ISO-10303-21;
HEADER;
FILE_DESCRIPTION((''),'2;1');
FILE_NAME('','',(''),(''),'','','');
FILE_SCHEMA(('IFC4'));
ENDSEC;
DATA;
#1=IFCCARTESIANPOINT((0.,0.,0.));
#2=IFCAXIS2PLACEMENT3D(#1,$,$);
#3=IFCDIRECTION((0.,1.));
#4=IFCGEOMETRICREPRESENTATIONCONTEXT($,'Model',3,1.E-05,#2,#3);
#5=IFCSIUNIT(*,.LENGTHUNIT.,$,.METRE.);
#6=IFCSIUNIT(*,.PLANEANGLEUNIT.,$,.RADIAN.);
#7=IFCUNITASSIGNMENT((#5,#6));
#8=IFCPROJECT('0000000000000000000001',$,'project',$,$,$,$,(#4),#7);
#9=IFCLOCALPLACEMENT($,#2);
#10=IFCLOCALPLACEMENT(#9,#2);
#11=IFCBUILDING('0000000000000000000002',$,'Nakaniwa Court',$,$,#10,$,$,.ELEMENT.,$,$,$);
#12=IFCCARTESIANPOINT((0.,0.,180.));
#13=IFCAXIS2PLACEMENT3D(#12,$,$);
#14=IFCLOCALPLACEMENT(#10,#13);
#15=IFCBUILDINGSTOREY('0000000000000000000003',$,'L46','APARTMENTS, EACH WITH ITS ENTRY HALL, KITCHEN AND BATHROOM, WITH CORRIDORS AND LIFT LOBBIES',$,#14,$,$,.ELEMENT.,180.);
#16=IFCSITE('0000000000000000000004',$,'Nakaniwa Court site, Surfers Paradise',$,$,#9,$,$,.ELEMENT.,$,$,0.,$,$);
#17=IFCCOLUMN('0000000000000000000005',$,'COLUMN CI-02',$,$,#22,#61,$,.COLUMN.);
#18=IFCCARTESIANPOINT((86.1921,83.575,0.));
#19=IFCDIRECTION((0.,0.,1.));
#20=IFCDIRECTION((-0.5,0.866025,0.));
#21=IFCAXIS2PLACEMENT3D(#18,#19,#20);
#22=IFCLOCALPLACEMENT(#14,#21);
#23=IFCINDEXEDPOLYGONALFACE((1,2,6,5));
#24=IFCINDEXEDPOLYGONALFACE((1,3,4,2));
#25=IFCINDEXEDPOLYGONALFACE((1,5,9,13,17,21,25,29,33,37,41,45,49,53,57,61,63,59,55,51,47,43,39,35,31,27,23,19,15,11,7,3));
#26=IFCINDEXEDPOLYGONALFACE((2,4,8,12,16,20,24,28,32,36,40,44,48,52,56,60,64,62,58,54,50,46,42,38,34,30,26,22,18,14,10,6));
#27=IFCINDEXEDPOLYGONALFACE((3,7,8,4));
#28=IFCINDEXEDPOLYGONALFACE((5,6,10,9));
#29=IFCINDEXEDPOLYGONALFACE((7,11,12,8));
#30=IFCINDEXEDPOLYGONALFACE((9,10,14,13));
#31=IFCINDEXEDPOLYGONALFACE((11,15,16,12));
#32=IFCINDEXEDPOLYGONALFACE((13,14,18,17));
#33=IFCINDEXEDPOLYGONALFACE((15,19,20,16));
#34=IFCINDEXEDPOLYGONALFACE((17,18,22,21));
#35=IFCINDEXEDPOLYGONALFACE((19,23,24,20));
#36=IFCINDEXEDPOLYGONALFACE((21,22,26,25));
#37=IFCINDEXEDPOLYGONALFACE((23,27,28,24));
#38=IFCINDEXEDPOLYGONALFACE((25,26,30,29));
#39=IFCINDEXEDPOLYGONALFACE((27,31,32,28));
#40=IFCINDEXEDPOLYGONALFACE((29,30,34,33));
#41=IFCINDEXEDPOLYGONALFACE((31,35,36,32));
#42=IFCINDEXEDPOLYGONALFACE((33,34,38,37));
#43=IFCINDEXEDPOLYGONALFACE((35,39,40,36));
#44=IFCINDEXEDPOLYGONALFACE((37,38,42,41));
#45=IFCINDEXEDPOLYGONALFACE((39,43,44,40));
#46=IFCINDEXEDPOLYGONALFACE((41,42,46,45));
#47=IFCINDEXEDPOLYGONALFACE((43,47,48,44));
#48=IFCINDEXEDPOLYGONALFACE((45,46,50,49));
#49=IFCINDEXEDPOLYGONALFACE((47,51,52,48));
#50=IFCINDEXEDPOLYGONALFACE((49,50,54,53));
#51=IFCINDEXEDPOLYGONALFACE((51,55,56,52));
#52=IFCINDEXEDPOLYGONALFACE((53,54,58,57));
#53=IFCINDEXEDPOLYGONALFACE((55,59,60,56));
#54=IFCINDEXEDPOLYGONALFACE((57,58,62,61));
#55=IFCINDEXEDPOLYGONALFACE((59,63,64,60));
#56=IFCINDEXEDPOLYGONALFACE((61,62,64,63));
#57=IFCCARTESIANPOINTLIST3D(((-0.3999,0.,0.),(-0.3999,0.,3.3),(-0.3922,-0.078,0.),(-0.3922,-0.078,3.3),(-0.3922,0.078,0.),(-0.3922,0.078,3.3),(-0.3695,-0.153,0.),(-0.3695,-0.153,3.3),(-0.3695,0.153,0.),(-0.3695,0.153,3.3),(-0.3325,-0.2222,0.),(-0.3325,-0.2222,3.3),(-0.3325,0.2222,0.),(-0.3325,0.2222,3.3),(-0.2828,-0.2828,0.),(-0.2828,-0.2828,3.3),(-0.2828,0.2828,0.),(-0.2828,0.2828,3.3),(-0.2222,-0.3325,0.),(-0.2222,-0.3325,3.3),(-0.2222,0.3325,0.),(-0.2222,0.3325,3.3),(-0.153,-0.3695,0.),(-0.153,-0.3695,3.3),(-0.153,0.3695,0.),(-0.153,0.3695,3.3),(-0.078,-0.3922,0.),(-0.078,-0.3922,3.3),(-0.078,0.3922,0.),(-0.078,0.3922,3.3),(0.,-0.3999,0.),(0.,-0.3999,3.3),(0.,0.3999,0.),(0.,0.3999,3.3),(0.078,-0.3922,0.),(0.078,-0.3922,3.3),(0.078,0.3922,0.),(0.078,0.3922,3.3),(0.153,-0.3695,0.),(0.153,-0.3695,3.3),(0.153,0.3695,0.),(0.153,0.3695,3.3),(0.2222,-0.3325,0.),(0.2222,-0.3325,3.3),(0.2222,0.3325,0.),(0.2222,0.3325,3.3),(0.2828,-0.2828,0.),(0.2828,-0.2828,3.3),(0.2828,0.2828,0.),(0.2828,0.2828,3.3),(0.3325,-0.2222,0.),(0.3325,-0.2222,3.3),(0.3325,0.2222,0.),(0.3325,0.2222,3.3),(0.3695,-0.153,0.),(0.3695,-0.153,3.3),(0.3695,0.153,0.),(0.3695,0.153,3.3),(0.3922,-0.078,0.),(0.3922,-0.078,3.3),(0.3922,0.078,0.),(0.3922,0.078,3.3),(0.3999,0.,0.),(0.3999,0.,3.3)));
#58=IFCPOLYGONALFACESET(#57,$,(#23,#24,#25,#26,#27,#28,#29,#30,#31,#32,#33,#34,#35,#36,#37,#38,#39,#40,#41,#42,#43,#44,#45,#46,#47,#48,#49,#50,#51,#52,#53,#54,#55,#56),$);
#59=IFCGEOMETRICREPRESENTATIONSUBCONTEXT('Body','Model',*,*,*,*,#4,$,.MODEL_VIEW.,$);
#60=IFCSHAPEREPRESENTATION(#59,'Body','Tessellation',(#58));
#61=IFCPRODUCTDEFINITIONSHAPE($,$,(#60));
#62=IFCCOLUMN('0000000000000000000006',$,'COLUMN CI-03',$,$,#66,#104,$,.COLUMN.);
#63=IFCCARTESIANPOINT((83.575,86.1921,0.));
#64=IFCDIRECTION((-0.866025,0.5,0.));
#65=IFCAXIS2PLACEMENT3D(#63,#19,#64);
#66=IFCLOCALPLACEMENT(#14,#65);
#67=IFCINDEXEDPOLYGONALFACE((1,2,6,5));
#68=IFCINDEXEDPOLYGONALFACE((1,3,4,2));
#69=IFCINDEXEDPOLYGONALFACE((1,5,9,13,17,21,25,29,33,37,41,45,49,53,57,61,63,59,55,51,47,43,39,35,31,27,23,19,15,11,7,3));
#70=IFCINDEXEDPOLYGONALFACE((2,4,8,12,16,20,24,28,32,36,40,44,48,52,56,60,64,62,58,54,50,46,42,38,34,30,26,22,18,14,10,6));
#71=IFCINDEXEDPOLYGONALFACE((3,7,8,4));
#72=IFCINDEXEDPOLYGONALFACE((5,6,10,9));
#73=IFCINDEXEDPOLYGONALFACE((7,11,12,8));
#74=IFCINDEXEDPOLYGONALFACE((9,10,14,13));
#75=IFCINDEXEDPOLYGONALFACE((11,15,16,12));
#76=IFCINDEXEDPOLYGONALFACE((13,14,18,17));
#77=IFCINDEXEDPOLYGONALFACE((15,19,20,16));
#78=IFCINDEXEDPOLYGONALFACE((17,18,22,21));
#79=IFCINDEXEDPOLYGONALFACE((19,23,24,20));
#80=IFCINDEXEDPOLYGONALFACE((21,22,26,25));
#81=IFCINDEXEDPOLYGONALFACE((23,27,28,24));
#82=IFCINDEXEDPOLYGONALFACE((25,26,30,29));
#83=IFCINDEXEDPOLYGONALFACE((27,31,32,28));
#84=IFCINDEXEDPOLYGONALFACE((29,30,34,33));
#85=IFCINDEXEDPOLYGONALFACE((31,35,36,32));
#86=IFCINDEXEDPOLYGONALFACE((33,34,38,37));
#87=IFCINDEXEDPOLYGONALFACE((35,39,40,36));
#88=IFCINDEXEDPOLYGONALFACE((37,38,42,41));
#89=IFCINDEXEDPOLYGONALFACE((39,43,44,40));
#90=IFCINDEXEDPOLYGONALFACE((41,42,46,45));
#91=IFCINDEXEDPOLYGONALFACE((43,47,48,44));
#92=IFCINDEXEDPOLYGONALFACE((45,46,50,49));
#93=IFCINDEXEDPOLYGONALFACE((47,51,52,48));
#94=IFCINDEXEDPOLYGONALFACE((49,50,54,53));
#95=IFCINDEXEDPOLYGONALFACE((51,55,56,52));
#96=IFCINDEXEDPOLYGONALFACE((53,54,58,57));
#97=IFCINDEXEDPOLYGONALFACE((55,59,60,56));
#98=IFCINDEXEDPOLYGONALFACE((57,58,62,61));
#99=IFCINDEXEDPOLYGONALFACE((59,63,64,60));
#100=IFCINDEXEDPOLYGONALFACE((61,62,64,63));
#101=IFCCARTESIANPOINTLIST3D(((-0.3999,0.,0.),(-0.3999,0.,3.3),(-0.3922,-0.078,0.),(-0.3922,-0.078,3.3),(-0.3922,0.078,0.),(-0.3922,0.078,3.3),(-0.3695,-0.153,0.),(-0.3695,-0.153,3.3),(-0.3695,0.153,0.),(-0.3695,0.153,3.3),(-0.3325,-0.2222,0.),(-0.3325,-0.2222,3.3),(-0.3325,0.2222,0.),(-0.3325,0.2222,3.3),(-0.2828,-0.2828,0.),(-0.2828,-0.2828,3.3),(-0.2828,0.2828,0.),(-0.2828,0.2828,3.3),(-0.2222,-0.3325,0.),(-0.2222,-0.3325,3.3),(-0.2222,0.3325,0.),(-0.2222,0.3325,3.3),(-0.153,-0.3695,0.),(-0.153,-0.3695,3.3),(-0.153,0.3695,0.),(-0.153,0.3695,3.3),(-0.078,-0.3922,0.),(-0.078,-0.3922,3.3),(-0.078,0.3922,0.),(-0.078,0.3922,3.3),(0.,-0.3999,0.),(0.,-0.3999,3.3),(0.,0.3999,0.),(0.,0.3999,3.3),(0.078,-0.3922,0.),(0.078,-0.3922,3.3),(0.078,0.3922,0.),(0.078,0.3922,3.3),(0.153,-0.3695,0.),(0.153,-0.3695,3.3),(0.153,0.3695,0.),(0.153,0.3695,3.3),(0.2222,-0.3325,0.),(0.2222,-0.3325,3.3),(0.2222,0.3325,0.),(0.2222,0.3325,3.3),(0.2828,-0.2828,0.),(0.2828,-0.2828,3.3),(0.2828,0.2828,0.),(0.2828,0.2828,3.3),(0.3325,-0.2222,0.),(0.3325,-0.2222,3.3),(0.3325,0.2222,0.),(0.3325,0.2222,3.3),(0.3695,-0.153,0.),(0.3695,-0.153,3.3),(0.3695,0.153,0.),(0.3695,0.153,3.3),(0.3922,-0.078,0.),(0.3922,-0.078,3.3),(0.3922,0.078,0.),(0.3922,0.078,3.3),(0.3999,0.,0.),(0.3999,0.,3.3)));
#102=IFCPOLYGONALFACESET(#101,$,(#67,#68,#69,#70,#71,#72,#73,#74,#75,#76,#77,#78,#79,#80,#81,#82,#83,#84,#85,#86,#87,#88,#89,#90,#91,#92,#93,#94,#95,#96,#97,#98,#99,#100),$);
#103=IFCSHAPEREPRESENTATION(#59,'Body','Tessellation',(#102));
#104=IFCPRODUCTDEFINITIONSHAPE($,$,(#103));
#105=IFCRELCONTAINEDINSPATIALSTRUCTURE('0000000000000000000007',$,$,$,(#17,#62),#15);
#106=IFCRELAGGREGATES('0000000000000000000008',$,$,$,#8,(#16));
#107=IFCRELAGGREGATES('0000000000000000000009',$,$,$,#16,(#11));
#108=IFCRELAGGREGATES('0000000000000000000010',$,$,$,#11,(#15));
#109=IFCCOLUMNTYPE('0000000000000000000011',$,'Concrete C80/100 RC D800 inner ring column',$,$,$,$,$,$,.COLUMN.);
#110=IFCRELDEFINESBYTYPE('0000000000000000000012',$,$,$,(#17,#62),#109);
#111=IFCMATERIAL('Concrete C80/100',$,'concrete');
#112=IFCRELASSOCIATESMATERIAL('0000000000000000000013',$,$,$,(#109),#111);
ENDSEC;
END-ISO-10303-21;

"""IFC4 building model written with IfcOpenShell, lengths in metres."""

from ifc_helpers import new_model, si_unit, direction, frame, origin, origin_2d, place, context, subcontext, project, spatial, circle, extrude, material, material_profile, profile_set, type_object, element, save


model = new_model("IFC4")

# Units and contexts
model_context = context("Model", 3, precision=1e-05, world=origin(), true_north=direction((0.0, 1.0)))
body_context = subcontext(model_context, "Body", "Model", "MODEL_VIEW")
ifc_project = project(units=[si_unit("LENGTHUNIT", "METRE"), si_unit("PLANEANGLEUNIT", "RADIAN")], contexts=[model_context])

# Site, building, storey
site_placement = place(None, origin())
site = spatial("IfcSite", under=ifc_project, at=site_placement, Name="Nakaniwa Court site, Surfers Paradise", CompositionType="ELEMENT", RefElevation=0.0)
building_placement = place(site_placement, origin())
building = spatial("IfcBuilding", under=site, at=building_placement, Name="Nakaniwa Court", CompositionType="ELEMENT")
storey_placement = place(building_placement, frame((0.0, 0.0, 180.0)))
storey = spatial("IfcBuildingStorey", under=building, at=storey_placement, Name="L46", Description="APARTMENTS, EACH WITH ITS ENTRY HALL, KITCHEN AND BATHROOM, WITH CORRIDORS AND LIFT LOBBIES", CompositionType="ELEMENT", Elevation=180.0)

# Columns
ifc_material_1 = material(Name="Concrete C80/100", Category="concrete")
ifc_material_profile_1 = material_profile(ifc_material_1, circle(Radius=0.3999, at=origin_2d()), Name="Concrete C80/100 RC D800 inner ring column")
ifc_profile_set_1 = profile_set([ifc_material_profile_1], Name="Concrete C80/100")
column_type_1 = type_object("IfcColumnType", Name="Concrete C80/100 RC D800 inner ring column", PredefinedType="COLUMN", material=ifc_profile_set_1)
for number, where, z_axis, x_axis, name in (
    (1, (86.1921, 83.575, 0.0), (0.0, 0.0, 1.0), (-0.5, 0.866025, 0.0), "COLUMN CI-02"),
    (2, (83.575, 86.1921, 0.0), (0.0, 0.0, 1.0), (-0.866025, 0.5, 0.0), "COLUMN CI-03"),
):
    element("IfcColumn", number, at=place(storey_placement, frame(where, z_axis=z_axis, x_axis=x_axis)), inside=storey, type_object=column_type_1, Name=name, PredefinedType="COLUMN", context=body_context, shape_type="SweptSolid", body=[
        extrude(circle(Radius=0.3999, at=origin_2d()), origin(), (0.0, 0.0, 1.0), 3.3),
    ])

save(model, "model.ifc")
